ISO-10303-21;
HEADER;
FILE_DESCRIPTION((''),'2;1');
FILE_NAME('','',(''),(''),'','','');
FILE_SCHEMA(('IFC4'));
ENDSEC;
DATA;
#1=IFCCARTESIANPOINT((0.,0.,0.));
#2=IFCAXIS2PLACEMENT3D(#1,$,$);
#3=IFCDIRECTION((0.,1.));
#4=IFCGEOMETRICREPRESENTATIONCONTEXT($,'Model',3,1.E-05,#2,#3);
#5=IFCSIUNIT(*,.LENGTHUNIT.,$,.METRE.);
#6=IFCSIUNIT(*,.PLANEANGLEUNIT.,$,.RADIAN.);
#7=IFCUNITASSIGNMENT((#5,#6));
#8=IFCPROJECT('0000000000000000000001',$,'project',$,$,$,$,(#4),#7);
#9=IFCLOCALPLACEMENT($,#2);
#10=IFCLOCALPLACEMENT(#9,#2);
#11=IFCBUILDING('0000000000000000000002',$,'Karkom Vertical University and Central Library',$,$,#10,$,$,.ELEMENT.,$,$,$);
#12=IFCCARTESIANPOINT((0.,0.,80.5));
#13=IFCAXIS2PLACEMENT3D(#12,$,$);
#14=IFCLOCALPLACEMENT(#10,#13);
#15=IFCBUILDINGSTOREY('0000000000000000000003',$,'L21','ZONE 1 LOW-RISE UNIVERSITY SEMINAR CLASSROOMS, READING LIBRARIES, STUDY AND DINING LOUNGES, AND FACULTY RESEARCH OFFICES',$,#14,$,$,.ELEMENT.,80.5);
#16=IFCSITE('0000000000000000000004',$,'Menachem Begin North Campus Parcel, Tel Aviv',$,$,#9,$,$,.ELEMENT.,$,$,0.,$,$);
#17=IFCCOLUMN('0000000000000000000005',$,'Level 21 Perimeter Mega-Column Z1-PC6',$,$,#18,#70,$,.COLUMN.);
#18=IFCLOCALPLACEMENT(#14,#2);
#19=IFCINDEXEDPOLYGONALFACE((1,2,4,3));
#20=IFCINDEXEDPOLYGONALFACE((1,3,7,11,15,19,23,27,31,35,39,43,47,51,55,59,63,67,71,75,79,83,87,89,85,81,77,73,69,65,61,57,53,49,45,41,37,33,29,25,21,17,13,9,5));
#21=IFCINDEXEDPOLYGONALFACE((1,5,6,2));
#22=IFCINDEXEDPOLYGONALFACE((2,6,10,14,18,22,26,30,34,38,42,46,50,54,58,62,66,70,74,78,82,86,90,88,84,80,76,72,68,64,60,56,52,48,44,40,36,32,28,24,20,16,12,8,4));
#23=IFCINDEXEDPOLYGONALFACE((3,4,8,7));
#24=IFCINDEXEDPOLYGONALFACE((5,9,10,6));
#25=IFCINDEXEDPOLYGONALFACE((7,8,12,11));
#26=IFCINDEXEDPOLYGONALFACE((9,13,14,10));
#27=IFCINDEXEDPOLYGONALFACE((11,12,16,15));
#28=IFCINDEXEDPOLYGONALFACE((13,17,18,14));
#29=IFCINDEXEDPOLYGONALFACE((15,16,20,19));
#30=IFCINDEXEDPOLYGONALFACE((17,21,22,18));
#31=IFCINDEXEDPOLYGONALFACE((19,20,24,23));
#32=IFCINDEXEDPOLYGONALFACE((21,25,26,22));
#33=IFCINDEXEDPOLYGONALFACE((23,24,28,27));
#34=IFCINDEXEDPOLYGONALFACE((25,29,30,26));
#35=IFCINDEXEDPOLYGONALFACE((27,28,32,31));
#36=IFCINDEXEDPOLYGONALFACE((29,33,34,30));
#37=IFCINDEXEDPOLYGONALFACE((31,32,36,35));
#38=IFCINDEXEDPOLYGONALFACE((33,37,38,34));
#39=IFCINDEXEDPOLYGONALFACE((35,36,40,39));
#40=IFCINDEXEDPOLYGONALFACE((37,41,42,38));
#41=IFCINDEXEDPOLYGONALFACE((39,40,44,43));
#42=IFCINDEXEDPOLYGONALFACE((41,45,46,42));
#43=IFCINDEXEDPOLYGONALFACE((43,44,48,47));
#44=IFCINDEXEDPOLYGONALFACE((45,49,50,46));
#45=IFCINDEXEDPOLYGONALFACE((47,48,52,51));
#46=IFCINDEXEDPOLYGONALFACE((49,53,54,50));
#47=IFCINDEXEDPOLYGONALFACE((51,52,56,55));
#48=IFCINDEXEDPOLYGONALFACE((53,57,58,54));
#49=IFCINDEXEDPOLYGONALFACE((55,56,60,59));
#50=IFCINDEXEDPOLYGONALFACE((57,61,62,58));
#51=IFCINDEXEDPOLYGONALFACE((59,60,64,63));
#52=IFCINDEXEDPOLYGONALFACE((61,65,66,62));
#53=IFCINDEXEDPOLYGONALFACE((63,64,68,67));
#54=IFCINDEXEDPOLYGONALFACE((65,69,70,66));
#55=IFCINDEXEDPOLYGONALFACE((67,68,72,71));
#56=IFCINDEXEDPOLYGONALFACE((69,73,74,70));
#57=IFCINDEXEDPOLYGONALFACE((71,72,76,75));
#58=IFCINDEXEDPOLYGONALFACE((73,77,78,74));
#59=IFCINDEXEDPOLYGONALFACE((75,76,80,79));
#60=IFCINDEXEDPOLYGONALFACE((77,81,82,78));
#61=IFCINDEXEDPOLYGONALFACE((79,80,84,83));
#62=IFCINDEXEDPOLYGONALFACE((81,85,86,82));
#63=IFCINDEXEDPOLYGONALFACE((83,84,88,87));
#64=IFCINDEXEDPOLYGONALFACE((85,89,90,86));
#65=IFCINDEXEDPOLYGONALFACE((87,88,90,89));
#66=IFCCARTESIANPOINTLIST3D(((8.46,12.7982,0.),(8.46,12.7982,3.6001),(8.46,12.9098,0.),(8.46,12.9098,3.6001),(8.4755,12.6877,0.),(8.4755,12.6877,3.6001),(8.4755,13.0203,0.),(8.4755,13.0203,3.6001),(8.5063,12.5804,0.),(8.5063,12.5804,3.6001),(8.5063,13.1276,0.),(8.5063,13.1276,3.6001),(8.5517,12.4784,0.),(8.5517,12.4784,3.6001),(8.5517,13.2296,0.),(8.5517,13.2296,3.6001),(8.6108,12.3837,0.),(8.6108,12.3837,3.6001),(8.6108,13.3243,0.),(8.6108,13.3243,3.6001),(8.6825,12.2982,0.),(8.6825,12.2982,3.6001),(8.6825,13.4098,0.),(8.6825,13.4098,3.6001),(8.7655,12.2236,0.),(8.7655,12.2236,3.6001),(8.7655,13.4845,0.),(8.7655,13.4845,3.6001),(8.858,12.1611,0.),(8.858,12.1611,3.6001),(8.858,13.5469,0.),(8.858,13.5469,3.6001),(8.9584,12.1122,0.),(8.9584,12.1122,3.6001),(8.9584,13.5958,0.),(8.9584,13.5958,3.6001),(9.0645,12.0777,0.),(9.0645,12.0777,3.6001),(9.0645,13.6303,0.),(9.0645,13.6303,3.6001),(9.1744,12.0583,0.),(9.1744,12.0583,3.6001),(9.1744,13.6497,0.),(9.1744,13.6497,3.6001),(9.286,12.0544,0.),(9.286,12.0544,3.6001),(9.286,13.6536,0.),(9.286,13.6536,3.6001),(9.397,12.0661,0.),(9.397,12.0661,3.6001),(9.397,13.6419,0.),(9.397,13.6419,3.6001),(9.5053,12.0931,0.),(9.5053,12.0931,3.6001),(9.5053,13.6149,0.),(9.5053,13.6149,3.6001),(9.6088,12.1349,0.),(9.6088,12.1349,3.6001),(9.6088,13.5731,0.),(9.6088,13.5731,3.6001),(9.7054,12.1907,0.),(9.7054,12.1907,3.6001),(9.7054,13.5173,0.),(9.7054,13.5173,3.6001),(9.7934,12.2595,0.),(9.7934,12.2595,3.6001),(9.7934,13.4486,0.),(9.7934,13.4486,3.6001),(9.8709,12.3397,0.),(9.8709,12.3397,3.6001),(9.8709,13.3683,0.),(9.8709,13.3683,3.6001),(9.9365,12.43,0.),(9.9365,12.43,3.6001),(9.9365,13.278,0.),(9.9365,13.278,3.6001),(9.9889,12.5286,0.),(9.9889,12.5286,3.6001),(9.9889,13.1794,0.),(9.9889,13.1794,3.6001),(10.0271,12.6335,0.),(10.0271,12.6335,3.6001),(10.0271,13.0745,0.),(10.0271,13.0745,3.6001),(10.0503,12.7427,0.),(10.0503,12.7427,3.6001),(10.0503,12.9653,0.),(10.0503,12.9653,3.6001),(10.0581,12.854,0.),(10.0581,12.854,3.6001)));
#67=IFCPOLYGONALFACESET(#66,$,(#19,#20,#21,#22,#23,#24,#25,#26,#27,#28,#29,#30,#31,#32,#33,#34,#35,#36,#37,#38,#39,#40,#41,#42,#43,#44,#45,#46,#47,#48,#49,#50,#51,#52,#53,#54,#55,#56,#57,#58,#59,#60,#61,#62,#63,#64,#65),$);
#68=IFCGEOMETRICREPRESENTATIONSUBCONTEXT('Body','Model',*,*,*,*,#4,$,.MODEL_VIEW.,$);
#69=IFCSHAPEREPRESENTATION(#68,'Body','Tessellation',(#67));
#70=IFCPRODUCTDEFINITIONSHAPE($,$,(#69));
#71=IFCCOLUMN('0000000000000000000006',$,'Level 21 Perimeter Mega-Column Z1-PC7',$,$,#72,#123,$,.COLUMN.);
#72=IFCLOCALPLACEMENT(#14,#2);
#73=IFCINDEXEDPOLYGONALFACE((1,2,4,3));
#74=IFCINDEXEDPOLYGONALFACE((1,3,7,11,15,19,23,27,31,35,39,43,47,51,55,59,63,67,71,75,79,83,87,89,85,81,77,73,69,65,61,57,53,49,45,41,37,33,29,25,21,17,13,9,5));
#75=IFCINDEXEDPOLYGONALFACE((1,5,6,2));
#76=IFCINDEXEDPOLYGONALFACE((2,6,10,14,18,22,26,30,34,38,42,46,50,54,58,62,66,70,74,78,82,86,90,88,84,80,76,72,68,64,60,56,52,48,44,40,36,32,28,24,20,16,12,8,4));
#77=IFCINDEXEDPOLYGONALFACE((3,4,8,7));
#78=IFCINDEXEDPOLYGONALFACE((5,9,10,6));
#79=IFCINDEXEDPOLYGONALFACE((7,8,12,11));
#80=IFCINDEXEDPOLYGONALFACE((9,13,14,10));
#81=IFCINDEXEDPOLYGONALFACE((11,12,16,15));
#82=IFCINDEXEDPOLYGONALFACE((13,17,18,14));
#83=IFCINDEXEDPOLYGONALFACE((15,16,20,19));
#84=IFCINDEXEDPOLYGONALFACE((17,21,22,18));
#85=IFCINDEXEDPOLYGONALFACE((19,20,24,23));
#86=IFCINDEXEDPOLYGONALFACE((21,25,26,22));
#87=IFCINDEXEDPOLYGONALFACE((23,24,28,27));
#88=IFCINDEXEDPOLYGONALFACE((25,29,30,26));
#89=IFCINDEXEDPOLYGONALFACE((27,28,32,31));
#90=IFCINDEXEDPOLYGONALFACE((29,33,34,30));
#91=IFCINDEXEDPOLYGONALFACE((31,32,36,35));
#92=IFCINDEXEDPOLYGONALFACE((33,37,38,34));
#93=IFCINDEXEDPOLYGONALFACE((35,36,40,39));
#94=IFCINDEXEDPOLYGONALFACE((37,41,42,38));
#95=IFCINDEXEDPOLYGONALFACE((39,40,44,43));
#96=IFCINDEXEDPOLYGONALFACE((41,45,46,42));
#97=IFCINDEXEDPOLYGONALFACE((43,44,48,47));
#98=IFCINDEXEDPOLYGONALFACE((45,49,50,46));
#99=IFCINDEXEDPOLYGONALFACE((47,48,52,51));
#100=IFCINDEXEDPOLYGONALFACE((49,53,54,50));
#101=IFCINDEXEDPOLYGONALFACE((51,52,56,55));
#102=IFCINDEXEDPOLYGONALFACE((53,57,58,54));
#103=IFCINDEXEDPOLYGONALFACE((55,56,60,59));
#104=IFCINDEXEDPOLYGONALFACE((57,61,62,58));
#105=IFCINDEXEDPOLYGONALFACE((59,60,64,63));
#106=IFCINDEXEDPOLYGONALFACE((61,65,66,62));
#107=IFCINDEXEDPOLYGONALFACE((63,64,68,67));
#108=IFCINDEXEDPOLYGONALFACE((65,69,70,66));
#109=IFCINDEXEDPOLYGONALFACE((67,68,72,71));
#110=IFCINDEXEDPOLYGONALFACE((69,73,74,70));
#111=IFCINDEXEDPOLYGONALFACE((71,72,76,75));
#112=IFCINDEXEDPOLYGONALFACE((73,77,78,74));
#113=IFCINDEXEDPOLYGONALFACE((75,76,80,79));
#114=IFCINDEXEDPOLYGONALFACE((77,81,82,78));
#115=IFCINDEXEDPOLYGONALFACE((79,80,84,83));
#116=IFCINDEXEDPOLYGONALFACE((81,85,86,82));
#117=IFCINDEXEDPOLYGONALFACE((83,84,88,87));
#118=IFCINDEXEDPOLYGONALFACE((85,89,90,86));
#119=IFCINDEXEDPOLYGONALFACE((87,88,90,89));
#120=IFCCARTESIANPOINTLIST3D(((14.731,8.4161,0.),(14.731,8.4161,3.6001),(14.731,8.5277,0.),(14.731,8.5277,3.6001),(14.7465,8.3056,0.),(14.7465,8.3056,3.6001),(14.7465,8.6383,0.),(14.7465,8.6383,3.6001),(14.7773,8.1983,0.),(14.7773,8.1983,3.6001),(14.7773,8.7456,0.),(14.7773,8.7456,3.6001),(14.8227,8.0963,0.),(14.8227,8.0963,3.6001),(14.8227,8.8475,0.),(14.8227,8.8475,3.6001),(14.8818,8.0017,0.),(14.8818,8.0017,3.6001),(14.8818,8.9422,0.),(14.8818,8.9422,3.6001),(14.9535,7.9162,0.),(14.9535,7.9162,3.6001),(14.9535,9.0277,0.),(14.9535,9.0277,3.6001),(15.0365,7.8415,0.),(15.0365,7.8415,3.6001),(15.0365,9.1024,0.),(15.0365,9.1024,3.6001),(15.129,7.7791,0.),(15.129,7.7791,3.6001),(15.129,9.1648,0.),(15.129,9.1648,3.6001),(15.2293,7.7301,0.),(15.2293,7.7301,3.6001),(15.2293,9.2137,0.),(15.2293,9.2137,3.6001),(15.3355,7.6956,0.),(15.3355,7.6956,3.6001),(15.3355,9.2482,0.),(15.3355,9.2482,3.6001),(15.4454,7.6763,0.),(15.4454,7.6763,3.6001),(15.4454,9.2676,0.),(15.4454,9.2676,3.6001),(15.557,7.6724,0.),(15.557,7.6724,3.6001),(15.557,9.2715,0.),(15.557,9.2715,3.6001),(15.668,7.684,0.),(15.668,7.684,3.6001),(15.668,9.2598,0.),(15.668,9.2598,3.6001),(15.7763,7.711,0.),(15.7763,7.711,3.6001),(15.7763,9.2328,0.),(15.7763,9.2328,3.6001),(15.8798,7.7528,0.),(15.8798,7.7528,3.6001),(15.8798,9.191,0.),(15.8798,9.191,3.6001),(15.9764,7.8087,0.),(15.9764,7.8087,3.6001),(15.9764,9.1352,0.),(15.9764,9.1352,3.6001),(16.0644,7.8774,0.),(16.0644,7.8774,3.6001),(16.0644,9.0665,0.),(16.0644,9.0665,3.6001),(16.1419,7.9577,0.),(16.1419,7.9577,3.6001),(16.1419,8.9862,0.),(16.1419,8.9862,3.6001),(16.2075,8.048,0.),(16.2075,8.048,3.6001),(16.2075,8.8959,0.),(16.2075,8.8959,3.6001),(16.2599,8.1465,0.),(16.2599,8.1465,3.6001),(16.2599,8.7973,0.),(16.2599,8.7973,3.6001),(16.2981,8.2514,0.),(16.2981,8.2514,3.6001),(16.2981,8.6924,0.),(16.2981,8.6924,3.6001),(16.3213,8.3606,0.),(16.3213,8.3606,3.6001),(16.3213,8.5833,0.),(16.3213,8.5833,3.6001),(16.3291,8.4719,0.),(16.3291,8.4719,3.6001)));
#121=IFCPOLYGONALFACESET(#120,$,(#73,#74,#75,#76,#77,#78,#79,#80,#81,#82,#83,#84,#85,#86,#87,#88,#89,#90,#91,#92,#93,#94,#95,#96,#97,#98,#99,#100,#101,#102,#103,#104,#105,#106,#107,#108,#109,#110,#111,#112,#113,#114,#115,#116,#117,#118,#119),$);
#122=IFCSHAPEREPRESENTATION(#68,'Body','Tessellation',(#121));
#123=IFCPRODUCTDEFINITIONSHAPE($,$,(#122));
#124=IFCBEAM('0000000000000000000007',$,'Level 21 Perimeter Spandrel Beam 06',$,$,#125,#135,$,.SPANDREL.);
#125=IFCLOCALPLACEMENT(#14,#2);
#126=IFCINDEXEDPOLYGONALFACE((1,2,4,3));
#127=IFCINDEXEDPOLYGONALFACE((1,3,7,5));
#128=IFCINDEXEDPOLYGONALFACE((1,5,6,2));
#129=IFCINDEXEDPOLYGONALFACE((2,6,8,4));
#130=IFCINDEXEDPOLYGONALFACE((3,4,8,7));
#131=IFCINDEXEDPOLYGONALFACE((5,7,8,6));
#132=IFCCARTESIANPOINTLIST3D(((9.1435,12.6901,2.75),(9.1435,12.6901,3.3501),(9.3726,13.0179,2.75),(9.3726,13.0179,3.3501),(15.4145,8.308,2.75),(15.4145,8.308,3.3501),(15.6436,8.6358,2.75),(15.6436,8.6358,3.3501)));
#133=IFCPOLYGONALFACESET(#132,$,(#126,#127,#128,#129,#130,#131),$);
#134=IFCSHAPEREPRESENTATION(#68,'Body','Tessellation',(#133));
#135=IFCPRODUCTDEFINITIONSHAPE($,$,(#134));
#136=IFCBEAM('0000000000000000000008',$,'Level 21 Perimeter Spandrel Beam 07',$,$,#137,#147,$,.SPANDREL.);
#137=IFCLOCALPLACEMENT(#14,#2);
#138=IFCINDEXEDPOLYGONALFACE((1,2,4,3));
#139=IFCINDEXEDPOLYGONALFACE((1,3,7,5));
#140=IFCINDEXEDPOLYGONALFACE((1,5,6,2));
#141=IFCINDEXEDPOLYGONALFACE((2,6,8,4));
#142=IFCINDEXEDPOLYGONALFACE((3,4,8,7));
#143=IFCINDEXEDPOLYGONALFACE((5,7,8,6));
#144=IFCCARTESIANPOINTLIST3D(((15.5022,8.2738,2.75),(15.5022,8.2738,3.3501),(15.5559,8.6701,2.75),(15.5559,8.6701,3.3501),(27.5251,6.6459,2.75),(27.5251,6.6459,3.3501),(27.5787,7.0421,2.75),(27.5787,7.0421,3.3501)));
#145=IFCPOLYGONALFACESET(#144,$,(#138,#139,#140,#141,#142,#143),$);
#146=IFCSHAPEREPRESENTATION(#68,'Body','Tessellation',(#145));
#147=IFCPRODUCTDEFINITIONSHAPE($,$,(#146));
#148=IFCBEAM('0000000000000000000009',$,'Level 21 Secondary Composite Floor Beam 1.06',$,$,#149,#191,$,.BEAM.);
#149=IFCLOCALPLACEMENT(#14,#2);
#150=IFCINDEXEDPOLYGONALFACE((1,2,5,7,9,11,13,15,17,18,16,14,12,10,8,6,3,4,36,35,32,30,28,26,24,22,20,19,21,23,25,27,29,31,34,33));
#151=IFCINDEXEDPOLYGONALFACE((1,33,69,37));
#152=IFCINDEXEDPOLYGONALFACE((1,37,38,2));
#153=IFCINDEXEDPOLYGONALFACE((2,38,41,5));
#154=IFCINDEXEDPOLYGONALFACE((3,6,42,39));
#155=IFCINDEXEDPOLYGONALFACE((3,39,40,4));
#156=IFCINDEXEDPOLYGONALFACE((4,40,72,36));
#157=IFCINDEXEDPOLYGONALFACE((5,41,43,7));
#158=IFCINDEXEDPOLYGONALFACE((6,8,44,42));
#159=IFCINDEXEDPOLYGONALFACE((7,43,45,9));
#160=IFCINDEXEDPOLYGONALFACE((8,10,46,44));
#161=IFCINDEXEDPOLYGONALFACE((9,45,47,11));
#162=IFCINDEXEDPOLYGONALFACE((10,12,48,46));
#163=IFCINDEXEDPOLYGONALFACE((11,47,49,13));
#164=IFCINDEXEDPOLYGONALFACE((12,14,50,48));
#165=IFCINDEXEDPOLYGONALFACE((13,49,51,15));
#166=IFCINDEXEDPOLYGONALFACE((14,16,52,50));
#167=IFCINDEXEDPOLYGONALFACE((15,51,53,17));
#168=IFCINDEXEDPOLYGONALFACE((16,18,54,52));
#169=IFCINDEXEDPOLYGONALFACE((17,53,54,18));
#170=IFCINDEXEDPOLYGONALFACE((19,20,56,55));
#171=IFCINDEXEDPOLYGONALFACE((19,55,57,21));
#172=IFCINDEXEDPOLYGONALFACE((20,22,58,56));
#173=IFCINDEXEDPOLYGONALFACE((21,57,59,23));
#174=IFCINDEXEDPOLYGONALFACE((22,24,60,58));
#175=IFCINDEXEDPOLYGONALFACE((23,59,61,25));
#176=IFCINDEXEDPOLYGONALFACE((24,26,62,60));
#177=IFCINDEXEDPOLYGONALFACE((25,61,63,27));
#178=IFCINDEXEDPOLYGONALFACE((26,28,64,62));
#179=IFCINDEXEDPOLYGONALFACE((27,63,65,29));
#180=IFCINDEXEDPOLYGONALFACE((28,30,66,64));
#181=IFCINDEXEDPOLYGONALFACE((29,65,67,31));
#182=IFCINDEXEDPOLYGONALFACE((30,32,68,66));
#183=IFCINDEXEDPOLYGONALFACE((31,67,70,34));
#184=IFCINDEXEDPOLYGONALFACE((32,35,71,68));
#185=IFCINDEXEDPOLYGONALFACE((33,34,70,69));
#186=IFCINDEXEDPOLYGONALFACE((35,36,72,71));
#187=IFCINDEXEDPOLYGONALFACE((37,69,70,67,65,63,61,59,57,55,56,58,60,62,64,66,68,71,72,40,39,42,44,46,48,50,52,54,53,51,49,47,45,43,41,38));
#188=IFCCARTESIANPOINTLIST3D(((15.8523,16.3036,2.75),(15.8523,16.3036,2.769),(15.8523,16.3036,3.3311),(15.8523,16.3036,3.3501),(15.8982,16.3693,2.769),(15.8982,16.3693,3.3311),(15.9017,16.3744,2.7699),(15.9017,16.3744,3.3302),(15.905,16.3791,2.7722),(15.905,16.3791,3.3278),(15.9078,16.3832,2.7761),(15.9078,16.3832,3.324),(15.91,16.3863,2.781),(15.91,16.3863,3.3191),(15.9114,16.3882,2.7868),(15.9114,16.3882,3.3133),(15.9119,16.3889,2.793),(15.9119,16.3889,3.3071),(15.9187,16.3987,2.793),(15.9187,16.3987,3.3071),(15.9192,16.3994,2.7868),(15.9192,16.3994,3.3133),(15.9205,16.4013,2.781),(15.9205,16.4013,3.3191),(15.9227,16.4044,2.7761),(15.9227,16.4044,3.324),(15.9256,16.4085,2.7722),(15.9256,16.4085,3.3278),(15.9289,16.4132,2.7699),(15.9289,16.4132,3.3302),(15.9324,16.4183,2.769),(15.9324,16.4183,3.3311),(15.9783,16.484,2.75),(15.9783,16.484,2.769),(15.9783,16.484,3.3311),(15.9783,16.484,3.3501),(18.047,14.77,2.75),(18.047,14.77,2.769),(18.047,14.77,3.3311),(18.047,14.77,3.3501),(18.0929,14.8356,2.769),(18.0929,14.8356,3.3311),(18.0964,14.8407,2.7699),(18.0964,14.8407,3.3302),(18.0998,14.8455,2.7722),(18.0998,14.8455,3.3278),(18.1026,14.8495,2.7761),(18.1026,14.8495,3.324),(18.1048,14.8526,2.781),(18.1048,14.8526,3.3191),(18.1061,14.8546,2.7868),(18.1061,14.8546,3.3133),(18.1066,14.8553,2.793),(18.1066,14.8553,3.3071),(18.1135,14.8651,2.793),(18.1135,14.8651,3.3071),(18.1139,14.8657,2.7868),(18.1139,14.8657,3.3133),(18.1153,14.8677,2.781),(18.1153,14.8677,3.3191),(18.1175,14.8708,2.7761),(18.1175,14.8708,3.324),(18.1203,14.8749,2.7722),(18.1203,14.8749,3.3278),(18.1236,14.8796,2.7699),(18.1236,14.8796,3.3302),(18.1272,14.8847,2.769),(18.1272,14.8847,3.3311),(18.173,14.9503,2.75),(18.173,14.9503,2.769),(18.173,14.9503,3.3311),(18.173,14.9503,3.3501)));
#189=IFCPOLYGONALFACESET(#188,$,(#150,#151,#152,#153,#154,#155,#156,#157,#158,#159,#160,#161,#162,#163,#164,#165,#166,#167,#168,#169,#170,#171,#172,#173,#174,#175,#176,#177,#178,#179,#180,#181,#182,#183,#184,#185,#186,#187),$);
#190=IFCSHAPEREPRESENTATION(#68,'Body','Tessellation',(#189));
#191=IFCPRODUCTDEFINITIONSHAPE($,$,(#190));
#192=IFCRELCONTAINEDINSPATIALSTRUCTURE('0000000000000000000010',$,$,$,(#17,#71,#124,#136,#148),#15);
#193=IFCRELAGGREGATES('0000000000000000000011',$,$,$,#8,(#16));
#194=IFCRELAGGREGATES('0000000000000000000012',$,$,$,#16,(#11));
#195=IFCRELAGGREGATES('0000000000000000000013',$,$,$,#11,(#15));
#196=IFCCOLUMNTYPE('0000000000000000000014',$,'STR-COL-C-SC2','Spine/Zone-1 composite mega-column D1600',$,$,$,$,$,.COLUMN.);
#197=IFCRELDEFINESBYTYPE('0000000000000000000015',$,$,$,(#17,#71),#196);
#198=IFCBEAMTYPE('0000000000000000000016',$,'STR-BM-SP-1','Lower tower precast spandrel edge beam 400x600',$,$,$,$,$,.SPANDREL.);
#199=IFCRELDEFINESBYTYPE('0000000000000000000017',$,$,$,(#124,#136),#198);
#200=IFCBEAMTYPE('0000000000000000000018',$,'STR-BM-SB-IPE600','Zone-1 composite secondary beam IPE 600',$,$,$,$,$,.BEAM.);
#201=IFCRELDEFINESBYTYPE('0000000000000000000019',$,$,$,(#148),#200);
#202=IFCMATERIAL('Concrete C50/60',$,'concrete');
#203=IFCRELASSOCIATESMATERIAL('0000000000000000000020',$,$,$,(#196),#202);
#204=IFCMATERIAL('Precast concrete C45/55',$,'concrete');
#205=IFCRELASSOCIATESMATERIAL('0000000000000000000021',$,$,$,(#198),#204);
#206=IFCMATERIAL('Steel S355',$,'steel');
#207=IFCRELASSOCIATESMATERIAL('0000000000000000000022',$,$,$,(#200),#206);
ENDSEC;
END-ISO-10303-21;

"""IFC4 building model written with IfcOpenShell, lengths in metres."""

from ifc_helpers import new_model, si_unit, direction, frame, origin, origin_with_axes, origin_2d, place, context, subcontext, project, spatial, rectangle, circle, i_section, extrude, source, transform, mapped, material, material_profile, profile_set, type_object, element, save


model = new_model("IFC4")

# Units and contexts
model_context = context("Model", 3, precision=1e-05, world=origin(), true_north=direction((0.0, 1.0)))
body_context = subcontext(model_context, "Body", "Model", "MODEL_VIEW")
ifc_project = project(units=[si_unit("LENGTHUNIT", "METRE"), si_unit("PLANEANGLEUNIT", "RADIAN")], contexts=[model_context])

# Site, building, storey
site_placement = place(None, origin())
site = spatial("IfcSite", under=ifc_project, at=site_placement, Name="Menachem Begin North Campus Parcel, Tel Aviv", CompositionType="ELEMENT", RefElevation=0.0)
building_placement = place(site_placement, origin())
building = spatial("IfcBuilding", under=site, at=building_placement, Name="Karkom Vertical University and Central Library", CompositionType="ELEMENT")
storey_placement = place(building_placement, frame((0.0, 0.0, 80.5)))
storey = spatial("IfcBuildingStorey", under=building, at=storey_placement, Name="L21", Description="ZONE 1 LOW-RISE UNIVERSITY SEMINAR CLASSROOMS, READING LIBRARIES, STUDY AND DINING LOUNGES, AND FACULTY RESEARCH OFFICES", CompositionType="ELEMENT", Elevation=80.5)

# Columns
ifc_material_1 = material(Name="Concrete C50/60", Category="concrete")
ifc_material_profile_1 = material_profile(ifc_material_1, circle(Radius=0.8, at=origin_2d()), Name="CFT-D1600")
ifc_profile_set_1 = profile_set([ifc_material_profile_1], Name="Concrete C50/60")
column_type = type_object("IfcColumnType", Name="STR-COL-C-SC2", Description="Spine/Zone-1 composite mega-column D1600", PredefinedType="COLUMN", material=ifc_profile_set_1)
shared_shape_1 = source(origin_with_axes(), body_context, "Body", "SweptSolid", [
    extrude(circle(Radius=0.8, at=origin_2d()), origin(), (0.0, 0.0, 1.0), 3.6001),
])
for number, where, z_axis, x_axis, name in (
    (1, (9.2581, 12.854, 0.0), (0.0, 0.0, 1.0), (1.0, 0.0, 0.0), "Level 21 Perimeter Mega-Column Z1-PC6"),
    (2, (15.5291, 8.4719, 0.0), (0.0, 0.0, 1.0), (1.0, 0.0, 0.0), "Level 21 Perimeter Mega-Column Z1-PC7"),
):
    element("IfcColumn", number, at=place(storey_placement, frame(where, z_axis=z_axis, x_axis=x_axis)), inside=storey, type_object=column_type, Name=name, PredefinedType="COLUMN", context=body_context, shape_type="MappedRepresentation", body=[
        mapped(shared_shape_1, transform((0.0, 0.0, 0.0), scale=1.0)),
    ])

# Beams
ifc_material_2 = material(Name="Precast concrete C45/55", Category="concrete")
ifc_material_profile_2 = material_profile(ifc_material_2, rectangle(XDim=0.3999, YDim=0.6001, at=origin_2d()), Name="SPB-400x600")
ifc_profile_set_2 = profile_set([ifc_material_profile_2], Name="Precast concrete C45/55")
beam_type_1 = type_object("IfcBeamType", Name="STR-BM-SP-1", Description="Lower tower precast spandrel edge beam 400x600", PredefinedType="SPANDREL", material=ifc_profile_set_2)
shared_shape_2 = source(origin_with_axes(), body_context, "Body", "SweptSolid", [
    extrude(rectangle(XDim=0.3999, YDim=0.6001, at=origin_2d()), origin(), (0.0, 0.0, 1.0), 7.6504),
])
beam_1_placement = place(storey_placement, frame((9.2581, 12.854, 3.05), z_axis=(0.819699, -0.572794, 0.0), x_axis=(0.572794, 0.819699, 0.0)))
element("IfcBeam", 3, at=beam_1_placement, inside=storey, type_object=beam_type_1, Name="Level 21 Perimeter Spandrel Beam 06", PredefinedType="SPANDREL", context=body_context, shape_type="MappedRepresentation", body=[
    mapped(shared_shape_2, transform((0.0, 0.0, 0.0), scale=1.0)),
])
shared_shape_3 = source(origin_with_axes(), body_context, "Body", "SweptSolid", [
    extrude(rectangle(XDim=0.3999, YDim=0.6001, at=origin_2d()), origin(), (0.0, 0.0, 1.0), 12.1326),
])
beam_2_placement = place(storey_placement, frame((15.5291, 8.4719, 3.05), z_axis=(0.990957, -0.134177, 0.0), x_axis=(0.134177, 0.990957, 0.0)))
element("IfcBeam", 4, at=beam_2_placement, inside=storey, type_object=beam_type_1, Name="Level 21 Perimeter Spandrel Beam 07", PredefinedType="SPANDREL", context=body_context, shape_type="MappedRepresentation", body=[
    mapped(shared_shape_3, transform((0.0, 0.0, 0.0), scale=1.0)),
])
ifc_material_3 = material(Name="Steel S355", Category="steel")
ifc_material_profile_3 = material_profile(ifc_material_3, i_section(OverallWidth=0.22, OverallDepth=0.6001, WebThickness=0.012, FlangeThickness=0.019, FilletRadius=0.0239, at=origin_2d()), Name="IPE 600")
ifc_profile_set_3 = profile_set([ifc_material_profile_3], Name="Steel S355")
beam_type_2 = type_object("IfcBeamType", Name="STR-BM-SB-IPE600", Description="Zone-1 composite secondary beam IPE 600", PredefinedType="BEAM", material=ifc_profile_set_3)
shared_shape_4 = source(origin_with_axes(), body_context, "Body", "SweptSolid", [
    extrude(i_section(OverallWidth=0.22, OverallDepth=0.6001, WebThickness=0.012, FlangeThickness=0.019, FilletRadius=0.0239, at=origin_2d()), origin(), (0.0, 0.0, 1.0), 2.6775),
])
beam_3_placement = place(storey_placement, frame((15.9153, 16.3938, 3.05), z_axis=(0.819703, -0.572789, 0.0), x_axis=(0.572789, 0.819703, 0.0)))
element("IfcBeam", 5, at=beam_3_placement, inside=storey, type_object=beam_type_2, Name="Level 21 Secondary Composite Floor Beam 1.06", PredefinedType="BEAM", context=body_context, shape_type="MappedRepresentation", body=[
    mapped(shared_shape_4, transform((0.0, 0.0, 0.0), scale=1.0)),
])

save(model, "model.ifc")
